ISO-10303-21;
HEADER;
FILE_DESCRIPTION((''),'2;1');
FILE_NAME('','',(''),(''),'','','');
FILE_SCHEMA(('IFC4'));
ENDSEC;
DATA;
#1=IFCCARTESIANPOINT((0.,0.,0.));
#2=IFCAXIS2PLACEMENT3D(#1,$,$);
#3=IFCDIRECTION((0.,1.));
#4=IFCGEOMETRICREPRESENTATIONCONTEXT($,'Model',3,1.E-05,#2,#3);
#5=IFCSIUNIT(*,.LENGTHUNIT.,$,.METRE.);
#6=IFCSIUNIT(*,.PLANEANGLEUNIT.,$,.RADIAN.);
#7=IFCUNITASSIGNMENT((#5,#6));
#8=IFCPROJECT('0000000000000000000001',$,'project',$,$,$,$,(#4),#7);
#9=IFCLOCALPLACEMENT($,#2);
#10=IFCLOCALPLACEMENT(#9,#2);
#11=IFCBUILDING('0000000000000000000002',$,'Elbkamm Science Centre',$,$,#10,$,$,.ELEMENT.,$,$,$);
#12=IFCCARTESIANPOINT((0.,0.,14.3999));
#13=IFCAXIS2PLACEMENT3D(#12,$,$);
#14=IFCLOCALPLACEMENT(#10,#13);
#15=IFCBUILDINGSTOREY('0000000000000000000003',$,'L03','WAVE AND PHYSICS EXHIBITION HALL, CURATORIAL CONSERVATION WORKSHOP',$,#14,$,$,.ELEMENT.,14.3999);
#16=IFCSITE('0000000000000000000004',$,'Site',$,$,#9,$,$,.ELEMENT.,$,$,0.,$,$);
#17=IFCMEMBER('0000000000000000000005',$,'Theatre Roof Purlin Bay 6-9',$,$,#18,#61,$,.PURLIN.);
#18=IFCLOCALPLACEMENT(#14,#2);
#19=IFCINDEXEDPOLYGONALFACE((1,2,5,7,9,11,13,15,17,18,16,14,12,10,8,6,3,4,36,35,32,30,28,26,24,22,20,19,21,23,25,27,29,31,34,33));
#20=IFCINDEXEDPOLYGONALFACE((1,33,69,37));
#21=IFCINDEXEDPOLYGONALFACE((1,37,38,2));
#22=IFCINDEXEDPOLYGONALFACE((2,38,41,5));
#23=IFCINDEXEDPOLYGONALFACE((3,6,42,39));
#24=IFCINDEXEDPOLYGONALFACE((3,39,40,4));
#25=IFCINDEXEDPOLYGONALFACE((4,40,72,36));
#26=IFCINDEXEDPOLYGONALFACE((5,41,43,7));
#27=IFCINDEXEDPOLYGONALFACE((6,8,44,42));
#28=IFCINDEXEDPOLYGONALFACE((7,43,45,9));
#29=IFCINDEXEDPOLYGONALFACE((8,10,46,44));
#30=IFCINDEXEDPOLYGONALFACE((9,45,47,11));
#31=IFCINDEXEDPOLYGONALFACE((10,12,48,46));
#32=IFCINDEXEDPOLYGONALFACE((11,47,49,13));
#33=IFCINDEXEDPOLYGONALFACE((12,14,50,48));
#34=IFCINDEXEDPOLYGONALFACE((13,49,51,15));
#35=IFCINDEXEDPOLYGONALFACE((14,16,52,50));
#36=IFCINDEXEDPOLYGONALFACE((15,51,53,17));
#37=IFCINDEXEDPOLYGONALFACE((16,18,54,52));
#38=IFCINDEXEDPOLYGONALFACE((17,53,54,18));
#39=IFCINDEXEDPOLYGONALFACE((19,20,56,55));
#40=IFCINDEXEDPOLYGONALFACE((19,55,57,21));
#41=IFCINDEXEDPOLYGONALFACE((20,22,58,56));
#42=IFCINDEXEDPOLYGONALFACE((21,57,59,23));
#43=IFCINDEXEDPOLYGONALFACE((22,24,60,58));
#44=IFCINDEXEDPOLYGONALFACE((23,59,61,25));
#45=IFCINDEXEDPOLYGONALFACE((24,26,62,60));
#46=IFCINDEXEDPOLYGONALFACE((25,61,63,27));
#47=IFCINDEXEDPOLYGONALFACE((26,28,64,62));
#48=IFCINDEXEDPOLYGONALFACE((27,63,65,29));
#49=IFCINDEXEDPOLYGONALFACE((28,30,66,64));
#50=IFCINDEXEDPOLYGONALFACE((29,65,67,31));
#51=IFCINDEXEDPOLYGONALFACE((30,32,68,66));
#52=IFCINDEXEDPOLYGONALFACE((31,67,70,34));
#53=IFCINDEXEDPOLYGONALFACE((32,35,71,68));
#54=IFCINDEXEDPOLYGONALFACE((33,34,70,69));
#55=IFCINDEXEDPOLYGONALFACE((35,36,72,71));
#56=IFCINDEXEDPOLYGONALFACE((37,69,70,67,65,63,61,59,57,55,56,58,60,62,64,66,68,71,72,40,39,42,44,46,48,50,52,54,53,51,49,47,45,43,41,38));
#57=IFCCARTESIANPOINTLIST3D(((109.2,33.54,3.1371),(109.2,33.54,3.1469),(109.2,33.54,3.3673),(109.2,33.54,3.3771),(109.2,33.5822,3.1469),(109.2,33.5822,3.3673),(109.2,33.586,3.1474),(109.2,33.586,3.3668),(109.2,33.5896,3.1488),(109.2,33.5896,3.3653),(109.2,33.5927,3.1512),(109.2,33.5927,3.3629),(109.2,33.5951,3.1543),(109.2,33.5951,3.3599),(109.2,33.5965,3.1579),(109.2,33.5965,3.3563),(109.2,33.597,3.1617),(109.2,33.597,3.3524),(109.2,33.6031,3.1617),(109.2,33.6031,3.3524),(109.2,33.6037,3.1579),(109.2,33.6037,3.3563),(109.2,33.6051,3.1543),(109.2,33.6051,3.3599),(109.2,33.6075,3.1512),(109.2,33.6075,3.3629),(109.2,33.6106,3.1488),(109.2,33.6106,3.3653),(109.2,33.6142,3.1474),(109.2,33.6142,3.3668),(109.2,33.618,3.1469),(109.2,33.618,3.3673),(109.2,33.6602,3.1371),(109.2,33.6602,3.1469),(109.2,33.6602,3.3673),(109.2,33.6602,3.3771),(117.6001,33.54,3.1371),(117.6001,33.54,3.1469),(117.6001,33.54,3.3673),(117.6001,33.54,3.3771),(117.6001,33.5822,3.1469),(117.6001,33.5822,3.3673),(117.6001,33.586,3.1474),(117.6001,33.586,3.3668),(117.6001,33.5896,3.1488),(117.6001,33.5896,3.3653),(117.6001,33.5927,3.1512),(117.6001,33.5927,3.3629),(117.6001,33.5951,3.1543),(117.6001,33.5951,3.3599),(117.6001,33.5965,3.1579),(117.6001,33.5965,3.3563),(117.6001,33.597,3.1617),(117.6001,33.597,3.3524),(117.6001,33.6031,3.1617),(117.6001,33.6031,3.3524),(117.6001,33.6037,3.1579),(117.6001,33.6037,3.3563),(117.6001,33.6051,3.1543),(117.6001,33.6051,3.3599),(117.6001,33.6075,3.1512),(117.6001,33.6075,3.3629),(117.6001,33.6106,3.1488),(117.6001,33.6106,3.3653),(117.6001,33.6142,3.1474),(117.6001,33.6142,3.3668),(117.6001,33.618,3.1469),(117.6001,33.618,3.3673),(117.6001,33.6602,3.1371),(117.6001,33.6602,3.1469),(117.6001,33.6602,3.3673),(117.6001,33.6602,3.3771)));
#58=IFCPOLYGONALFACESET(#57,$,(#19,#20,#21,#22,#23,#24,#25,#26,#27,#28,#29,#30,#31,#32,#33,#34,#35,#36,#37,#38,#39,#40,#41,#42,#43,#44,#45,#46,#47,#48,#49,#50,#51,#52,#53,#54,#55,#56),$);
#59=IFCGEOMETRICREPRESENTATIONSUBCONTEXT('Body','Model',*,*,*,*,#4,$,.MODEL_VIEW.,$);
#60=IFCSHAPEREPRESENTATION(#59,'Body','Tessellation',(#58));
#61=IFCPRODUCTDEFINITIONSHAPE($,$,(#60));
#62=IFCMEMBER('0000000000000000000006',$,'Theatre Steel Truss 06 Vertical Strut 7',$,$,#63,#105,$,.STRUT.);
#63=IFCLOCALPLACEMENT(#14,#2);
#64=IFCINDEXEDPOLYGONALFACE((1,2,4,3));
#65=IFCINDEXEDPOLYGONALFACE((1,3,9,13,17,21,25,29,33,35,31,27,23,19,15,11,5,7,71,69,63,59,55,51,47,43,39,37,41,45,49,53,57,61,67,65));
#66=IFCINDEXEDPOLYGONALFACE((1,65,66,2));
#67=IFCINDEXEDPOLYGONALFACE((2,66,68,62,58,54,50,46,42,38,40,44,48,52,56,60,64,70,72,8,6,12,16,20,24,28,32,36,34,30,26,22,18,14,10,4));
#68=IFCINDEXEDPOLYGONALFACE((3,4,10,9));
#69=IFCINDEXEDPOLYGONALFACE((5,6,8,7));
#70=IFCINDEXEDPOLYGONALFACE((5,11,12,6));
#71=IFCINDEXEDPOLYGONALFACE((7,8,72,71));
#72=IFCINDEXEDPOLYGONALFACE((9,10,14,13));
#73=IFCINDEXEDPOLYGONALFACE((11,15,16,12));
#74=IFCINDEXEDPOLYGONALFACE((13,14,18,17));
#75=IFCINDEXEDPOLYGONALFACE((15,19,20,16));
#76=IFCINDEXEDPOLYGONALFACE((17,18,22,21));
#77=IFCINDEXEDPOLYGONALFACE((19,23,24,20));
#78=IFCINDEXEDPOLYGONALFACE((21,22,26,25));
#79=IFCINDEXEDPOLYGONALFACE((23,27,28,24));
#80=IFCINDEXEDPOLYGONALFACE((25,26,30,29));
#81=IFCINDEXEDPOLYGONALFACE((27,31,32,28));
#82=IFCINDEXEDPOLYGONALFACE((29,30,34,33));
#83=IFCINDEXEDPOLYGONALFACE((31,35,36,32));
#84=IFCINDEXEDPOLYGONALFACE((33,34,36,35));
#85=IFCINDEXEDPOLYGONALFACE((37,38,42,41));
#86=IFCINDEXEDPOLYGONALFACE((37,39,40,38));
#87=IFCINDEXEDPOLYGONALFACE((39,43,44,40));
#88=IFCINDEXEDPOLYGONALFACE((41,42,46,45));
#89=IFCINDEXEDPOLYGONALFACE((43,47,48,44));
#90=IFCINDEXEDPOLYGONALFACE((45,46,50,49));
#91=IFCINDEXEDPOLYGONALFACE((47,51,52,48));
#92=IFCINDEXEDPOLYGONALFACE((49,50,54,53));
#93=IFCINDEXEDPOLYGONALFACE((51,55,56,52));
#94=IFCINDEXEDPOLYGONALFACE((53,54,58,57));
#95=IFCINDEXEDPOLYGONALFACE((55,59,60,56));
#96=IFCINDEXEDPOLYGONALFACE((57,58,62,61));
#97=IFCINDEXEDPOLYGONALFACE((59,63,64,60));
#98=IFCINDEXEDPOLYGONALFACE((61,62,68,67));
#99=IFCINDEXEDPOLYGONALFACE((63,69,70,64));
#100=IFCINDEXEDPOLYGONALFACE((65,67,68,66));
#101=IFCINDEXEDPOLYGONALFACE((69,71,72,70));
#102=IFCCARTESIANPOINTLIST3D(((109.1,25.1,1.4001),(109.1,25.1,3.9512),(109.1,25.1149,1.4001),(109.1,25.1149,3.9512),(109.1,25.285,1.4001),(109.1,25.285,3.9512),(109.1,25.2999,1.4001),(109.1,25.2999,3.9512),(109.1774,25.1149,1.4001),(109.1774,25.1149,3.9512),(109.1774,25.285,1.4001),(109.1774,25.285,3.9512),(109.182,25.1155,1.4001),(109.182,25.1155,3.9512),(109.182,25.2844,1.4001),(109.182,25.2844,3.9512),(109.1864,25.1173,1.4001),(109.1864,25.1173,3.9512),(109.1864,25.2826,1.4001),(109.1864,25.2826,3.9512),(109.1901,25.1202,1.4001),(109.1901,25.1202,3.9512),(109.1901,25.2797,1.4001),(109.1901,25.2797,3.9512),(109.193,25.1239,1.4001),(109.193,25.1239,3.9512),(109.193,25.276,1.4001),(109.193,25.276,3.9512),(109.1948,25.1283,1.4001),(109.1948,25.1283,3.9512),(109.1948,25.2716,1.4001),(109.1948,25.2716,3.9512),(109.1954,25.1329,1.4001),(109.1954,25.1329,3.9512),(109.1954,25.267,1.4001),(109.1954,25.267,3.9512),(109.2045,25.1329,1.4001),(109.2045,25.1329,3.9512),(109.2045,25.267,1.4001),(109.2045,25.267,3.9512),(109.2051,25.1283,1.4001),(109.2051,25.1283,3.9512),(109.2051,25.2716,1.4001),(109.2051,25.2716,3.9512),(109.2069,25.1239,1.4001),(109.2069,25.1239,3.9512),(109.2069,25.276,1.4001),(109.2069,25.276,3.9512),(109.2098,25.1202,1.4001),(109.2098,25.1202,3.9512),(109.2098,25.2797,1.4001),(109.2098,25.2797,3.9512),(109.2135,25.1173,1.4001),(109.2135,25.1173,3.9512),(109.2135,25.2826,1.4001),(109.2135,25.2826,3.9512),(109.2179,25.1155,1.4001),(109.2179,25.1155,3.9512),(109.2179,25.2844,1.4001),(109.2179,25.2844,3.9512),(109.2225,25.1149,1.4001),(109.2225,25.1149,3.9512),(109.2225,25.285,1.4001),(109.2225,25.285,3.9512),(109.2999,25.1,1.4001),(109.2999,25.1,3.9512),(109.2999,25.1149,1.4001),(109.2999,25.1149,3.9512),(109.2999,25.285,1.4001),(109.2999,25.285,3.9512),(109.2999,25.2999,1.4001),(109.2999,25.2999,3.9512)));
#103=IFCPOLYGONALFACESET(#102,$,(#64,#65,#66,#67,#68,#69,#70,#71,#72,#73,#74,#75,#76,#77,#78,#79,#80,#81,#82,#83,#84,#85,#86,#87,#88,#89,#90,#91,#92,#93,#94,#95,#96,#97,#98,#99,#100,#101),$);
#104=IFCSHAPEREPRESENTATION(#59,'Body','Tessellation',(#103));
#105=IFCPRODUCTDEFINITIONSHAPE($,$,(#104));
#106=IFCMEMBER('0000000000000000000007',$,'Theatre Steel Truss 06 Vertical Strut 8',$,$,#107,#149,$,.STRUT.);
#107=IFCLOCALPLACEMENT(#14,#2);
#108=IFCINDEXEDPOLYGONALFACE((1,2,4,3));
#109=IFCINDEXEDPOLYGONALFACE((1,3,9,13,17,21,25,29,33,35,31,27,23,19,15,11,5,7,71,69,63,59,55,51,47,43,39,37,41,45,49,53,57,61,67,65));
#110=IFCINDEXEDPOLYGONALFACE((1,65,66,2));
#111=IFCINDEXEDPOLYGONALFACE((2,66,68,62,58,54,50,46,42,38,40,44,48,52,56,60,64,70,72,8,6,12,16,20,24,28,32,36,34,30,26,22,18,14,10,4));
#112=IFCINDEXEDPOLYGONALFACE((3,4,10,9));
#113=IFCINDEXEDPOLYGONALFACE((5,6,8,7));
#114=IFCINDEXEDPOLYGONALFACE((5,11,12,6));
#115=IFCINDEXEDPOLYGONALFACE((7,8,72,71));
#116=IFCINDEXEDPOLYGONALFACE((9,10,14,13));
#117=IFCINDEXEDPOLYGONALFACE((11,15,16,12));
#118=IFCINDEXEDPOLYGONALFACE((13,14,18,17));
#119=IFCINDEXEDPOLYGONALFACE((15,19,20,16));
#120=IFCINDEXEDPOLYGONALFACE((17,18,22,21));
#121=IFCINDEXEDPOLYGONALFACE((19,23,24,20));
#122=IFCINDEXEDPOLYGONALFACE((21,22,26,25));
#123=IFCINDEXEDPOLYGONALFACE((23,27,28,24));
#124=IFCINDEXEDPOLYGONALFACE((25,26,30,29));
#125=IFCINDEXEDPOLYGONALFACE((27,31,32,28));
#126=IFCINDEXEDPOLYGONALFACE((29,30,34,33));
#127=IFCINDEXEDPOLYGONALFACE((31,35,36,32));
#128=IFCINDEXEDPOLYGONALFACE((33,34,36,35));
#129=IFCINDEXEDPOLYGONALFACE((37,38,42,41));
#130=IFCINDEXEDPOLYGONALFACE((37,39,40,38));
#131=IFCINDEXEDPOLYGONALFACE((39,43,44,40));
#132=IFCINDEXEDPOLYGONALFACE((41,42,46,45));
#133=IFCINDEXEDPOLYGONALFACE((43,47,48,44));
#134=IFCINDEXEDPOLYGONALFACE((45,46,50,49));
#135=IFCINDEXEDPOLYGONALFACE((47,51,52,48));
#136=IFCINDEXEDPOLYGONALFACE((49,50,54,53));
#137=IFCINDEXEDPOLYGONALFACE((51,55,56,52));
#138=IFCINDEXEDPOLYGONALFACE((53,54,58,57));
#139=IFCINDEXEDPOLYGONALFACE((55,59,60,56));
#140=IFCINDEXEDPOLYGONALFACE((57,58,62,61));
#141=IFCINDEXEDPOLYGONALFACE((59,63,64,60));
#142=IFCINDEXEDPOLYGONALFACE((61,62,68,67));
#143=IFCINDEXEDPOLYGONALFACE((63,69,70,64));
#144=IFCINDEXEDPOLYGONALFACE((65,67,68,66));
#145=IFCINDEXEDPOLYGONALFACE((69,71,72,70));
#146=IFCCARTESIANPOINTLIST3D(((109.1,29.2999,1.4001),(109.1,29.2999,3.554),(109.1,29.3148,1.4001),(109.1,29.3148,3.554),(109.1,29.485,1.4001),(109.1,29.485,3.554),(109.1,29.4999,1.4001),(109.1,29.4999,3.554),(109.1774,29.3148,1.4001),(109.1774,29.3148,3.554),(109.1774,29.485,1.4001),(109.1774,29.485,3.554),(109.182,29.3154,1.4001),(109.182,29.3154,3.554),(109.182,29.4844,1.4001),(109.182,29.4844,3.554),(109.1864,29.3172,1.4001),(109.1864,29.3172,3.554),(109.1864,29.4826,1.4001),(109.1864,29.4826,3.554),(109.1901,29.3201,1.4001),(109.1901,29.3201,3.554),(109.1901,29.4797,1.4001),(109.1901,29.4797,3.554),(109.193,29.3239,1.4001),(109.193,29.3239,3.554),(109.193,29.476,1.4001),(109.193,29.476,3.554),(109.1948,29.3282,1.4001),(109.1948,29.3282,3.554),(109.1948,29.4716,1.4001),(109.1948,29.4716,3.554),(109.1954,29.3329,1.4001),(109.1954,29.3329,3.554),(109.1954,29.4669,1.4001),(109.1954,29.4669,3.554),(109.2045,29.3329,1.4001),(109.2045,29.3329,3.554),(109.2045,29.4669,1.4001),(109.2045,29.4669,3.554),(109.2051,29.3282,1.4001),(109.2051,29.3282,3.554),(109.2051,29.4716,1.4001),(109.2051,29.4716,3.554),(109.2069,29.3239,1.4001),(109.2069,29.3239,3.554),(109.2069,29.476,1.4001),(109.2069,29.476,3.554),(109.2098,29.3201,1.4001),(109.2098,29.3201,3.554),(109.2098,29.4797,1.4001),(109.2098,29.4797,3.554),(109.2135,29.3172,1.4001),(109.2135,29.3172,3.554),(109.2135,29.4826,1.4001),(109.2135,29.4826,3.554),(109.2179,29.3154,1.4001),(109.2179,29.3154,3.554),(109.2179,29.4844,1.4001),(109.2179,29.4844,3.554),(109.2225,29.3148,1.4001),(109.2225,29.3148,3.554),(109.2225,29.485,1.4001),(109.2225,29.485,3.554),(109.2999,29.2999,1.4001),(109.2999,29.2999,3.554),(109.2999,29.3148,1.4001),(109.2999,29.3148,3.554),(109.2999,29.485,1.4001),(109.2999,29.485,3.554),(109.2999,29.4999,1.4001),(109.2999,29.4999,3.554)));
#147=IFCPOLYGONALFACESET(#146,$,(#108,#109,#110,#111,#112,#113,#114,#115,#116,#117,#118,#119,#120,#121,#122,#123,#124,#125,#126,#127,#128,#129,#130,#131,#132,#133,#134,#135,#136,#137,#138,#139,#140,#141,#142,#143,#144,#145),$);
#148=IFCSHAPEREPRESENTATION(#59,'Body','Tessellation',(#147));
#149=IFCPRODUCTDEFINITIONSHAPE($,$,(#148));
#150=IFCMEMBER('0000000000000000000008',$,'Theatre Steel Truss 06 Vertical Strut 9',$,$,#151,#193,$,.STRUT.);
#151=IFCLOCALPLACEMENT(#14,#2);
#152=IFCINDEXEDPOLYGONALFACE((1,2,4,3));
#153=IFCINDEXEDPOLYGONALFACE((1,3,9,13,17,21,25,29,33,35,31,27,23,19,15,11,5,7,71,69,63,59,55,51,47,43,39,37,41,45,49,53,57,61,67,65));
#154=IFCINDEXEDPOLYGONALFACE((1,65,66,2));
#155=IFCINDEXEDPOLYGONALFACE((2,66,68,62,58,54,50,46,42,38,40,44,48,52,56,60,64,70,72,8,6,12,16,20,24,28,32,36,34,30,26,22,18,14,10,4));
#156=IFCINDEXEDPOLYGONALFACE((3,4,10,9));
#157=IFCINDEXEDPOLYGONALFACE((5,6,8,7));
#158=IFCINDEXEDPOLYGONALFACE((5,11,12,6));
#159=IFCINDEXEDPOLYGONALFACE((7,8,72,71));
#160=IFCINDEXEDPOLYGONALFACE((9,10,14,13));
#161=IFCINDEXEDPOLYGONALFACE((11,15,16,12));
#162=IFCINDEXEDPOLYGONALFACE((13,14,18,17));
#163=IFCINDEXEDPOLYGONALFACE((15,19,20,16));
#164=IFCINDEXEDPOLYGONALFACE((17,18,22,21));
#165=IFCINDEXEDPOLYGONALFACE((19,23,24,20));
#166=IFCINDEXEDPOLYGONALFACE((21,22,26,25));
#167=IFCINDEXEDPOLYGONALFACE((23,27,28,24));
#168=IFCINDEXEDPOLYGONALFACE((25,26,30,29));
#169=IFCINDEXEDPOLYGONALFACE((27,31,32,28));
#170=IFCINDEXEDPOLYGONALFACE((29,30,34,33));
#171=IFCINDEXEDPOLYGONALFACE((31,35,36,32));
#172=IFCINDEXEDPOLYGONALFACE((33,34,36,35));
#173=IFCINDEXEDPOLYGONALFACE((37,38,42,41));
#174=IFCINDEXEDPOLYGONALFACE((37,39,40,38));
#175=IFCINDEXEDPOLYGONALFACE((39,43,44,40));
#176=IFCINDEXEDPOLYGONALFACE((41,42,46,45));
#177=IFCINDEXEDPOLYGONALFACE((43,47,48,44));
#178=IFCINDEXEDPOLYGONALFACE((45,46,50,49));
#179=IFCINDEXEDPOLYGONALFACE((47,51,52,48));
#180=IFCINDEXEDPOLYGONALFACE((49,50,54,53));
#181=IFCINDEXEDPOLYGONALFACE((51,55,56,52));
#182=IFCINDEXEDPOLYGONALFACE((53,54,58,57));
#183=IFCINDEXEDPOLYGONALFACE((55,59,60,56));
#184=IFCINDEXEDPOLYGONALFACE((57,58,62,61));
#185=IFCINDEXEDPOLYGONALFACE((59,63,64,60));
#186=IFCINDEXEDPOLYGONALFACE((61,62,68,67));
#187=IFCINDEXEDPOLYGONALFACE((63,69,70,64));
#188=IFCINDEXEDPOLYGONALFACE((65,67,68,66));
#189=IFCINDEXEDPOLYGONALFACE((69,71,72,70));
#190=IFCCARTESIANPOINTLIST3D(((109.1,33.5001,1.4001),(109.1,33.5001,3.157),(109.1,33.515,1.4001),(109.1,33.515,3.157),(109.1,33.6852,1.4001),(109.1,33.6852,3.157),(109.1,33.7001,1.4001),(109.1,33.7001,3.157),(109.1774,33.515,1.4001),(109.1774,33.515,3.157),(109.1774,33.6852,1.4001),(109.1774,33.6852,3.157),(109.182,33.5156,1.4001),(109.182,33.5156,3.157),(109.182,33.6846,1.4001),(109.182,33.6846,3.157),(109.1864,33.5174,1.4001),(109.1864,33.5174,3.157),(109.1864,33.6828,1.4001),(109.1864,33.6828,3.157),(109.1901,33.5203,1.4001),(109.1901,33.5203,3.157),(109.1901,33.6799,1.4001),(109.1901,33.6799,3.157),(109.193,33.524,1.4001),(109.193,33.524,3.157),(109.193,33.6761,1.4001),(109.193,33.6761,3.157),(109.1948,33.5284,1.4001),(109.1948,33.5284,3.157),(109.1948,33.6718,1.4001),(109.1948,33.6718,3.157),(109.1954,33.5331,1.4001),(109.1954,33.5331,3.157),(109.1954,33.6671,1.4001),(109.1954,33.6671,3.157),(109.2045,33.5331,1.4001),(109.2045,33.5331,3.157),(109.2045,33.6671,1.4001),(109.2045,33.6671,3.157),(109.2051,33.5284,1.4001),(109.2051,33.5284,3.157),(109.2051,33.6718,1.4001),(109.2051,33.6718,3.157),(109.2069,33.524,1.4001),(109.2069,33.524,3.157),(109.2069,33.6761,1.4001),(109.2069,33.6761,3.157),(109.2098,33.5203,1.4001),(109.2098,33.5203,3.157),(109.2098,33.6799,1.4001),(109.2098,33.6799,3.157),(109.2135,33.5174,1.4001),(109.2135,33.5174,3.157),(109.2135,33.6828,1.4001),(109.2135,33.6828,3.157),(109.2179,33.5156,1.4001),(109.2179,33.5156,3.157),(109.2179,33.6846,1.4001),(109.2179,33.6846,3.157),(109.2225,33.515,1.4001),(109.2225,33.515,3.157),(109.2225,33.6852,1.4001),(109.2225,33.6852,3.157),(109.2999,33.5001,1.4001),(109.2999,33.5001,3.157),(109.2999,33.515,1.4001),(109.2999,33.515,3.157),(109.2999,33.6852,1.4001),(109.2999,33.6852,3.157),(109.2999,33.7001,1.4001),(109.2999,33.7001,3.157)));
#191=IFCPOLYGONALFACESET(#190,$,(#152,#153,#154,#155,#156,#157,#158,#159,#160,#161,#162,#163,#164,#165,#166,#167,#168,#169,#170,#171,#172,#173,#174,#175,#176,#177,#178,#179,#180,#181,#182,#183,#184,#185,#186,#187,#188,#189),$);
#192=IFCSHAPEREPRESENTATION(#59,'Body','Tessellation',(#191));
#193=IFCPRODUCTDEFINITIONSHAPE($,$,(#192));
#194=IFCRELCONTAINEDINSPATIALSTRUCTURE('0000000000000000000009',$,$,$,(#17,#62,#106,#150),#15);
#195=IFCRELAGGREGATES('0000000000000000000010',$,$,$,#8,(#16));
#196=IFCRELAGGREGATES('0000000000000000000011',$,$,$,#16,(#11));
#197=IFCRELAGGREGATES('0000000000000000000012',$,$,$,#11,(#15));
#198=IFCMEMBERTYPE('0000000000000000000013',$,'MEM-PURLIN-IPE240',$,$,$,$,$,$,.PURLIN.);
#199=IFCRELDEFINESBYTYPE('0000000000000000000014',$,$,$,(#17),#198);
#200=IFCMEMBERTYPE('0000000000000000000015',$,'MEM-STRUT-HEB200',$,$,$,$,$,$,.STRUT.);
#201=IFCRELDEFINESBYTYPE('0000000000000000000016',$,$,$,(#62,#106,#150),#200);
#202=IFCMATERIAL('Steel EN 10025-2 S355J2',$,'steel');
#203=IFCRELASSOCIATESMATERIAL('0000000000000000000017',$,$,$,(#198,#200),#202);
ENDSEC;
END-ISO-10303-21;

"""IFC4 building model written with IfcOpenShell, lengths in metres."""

from ifc_helpers import new_model, si_unit, direction, frame, origin, origin_2d, place, context, subcontext, project, spatial, i_section, extrude, material, material_profile, profile_set, type_object, element, save


model = new_model("IFC4")

# Units and contexts
model_context = context("Model", 3, precision=1e-05, world=origin(), true_north=direction((0.0, 1.0)))
body_context = subcontext(model_context, "Body", "Model", "MODEL_VIEW")
ifc_project = project(units=[si_unit("LENGTHUNIT", "METRE"), si_unit("PLANEANGLEUNIT", "RADIAN")], contexts=[model_context])

# Site, building, storey
site_placement = place(None, origin())
site = spatial("IfcSite", under=ifc_project, at=site_placement, Name="Site", CompositionType="ELEMENT", RefElevation=0.0)
building_placement = place(site_placement, origin())
building = spatial("IfcBuilding", under=site, at=building_placement, Name="Elbkamm Science Centre", CompositionType="ELEMENT")
storey_placement = place(building_placement, frame((0.0, 0.0, 14.3999)))
storey = spatial("IfcBuildingStorey", under=building, at=storey_placement, Name="L03", Description="WAVE AND PHYSICS EXHIBITION HALL, CURATORIAL CONSERVATION WORKSHOP", CompositionType="ELEMENT", Elevation=14.3999)

# Shared definitions
ifc_material_1 = material(Name="Steel EN 10025-2 S355J2", Category="steel")

# Members
ifc_material_profile_1 = material_profile(ifc_material_1, i_section(OverallWidth=0.1201, OverallDepth=0.24, WebThickness=0.0061, FlangeThickness=0.0098, FilletRadius=0.0149, at=origin_2d()), Name="IPE 240")
ifc_profile_set_1 = profile_set([ifc_material_profile_1], Name="Steel EN 10025-2 S355J2")
member_type_1 = type_object("IfcMemberType", Name="MEM-PURLIN-IPE240", PredefinedType="PURLIN", material=ifc_profile_set_1)
for number, where, z_axis, x_axis, name in (
    (1, (109.2, 33.6001, 3.2571), (1.0, 0.0, 0.0), (0.0, 1.0, 0.0), "Theatre Roof Purlin Bay 6-9"),
):
    element("IfcMember", number, at=place(storey_placement, frame(where, z_axis=z_axis, x_axis=x_axis)), inside=storey, type_object=member_type_1, Name=name, PredefinedType="PURLIN", context=body_context, shape_type="SweptSolid", body=[
        extrude(i_section(OverallWidth=0.1201, OverallDepth=0.24, WebThickness=0.0061, FlangeThickness=0.0098, FilletRadius=0.0149, at=origin_2d()), origin(), (0.0, 0.0, 1.0), 8.4001),
    ])
ifc_material_profile_2 = material_profile(ifc_material_1, i_section(OverallWidth=0.2, OverallDepth=0.2, WebThickness=0.009, FlangeThickness=0.0149, FilletRadius=0.0181, at=origin_2d()), Name="HEB 200")
ifc_profile_set_2 = profile_set([ifc_material_profile_2], Name="Steel EN 10025-2 S355J2")
member_type_2 = type_object("IfcMemberType", Name="MEM-STRUT-HEB200", PredefinedType="STRUT", material=ifc_profile_set_2)
member_1_placement = place(storey_placement, frame((109.2, 25.2, 1.4001), z_axis=(0.0, 0.0, 1.0), x_axis=(1.0, 0.0, 0.0)))
element("IfcMember", 2, at=member_1_placement, inside=storey, type_object=member_type_2, Name="Theatre Steel Truss 06 Vertical Strut 7", PredefinedType="STRUT", context=body_context, shape_type="SweptSolid", body=[
    extrude(i_section(OverallWidth=0.2, OverallDepth=0.2, WebThickness=0.009, FlangeThickness=0.0149, FilletRadius=0.0181, at=origin_2d()), origin(), (0.0, 0.0, 1.0), 2.551),
])
member_2_placement = place(storey_placement, frame((109.2, 29.3999, 1.4001), z_axis=(0.0, 0.0, 1.0), x_axis=(1.0, 0.0, 0.0)))
element("IfcMember", 3, at=member_2_placement, inside=storey, type_object=member_type_2, Name="Theatre Steel Truss 06 Vertical Strut 8", PredefinedType="STRUT", context=body_context, shape_type="SweptSolid", body=[
    extrude(i_section(OverallWidth=0.2, OverallDepth=0.2, WebThickness=0.009, FlangeThickness=0.0149, FilletRadius=0.0181, at=origin_2d()), origin(), (0.0, 0.0, 1.0), 2.1538),
])
member_3_placement = place(storey_placement, frame((109.2, 33.6001, 1.4001), z_axis=(0.0, 0.0, 1.0), x_axis=(1.0, 0.0, 0.0)))
element("IfcMember", 4, at=member_3_placement, inside=storey, type_object=member_type_2, Name="Theatre Steel Truss 06 Vertical Strut 9", PredefinedType="STRUT", context=body_context, shape_type="SweptSolid", body=[
    extrude(i_section(OverallWidth=0.2, OverallDepth=0.2, WebThickness=0.009, FlangeThickness=0.0149, FilletRadius=0.0181, at=origin_2d()), origin(), (0.0, 0.0, 1.0), 1.7568),
])

save(model, "model.ifc")
